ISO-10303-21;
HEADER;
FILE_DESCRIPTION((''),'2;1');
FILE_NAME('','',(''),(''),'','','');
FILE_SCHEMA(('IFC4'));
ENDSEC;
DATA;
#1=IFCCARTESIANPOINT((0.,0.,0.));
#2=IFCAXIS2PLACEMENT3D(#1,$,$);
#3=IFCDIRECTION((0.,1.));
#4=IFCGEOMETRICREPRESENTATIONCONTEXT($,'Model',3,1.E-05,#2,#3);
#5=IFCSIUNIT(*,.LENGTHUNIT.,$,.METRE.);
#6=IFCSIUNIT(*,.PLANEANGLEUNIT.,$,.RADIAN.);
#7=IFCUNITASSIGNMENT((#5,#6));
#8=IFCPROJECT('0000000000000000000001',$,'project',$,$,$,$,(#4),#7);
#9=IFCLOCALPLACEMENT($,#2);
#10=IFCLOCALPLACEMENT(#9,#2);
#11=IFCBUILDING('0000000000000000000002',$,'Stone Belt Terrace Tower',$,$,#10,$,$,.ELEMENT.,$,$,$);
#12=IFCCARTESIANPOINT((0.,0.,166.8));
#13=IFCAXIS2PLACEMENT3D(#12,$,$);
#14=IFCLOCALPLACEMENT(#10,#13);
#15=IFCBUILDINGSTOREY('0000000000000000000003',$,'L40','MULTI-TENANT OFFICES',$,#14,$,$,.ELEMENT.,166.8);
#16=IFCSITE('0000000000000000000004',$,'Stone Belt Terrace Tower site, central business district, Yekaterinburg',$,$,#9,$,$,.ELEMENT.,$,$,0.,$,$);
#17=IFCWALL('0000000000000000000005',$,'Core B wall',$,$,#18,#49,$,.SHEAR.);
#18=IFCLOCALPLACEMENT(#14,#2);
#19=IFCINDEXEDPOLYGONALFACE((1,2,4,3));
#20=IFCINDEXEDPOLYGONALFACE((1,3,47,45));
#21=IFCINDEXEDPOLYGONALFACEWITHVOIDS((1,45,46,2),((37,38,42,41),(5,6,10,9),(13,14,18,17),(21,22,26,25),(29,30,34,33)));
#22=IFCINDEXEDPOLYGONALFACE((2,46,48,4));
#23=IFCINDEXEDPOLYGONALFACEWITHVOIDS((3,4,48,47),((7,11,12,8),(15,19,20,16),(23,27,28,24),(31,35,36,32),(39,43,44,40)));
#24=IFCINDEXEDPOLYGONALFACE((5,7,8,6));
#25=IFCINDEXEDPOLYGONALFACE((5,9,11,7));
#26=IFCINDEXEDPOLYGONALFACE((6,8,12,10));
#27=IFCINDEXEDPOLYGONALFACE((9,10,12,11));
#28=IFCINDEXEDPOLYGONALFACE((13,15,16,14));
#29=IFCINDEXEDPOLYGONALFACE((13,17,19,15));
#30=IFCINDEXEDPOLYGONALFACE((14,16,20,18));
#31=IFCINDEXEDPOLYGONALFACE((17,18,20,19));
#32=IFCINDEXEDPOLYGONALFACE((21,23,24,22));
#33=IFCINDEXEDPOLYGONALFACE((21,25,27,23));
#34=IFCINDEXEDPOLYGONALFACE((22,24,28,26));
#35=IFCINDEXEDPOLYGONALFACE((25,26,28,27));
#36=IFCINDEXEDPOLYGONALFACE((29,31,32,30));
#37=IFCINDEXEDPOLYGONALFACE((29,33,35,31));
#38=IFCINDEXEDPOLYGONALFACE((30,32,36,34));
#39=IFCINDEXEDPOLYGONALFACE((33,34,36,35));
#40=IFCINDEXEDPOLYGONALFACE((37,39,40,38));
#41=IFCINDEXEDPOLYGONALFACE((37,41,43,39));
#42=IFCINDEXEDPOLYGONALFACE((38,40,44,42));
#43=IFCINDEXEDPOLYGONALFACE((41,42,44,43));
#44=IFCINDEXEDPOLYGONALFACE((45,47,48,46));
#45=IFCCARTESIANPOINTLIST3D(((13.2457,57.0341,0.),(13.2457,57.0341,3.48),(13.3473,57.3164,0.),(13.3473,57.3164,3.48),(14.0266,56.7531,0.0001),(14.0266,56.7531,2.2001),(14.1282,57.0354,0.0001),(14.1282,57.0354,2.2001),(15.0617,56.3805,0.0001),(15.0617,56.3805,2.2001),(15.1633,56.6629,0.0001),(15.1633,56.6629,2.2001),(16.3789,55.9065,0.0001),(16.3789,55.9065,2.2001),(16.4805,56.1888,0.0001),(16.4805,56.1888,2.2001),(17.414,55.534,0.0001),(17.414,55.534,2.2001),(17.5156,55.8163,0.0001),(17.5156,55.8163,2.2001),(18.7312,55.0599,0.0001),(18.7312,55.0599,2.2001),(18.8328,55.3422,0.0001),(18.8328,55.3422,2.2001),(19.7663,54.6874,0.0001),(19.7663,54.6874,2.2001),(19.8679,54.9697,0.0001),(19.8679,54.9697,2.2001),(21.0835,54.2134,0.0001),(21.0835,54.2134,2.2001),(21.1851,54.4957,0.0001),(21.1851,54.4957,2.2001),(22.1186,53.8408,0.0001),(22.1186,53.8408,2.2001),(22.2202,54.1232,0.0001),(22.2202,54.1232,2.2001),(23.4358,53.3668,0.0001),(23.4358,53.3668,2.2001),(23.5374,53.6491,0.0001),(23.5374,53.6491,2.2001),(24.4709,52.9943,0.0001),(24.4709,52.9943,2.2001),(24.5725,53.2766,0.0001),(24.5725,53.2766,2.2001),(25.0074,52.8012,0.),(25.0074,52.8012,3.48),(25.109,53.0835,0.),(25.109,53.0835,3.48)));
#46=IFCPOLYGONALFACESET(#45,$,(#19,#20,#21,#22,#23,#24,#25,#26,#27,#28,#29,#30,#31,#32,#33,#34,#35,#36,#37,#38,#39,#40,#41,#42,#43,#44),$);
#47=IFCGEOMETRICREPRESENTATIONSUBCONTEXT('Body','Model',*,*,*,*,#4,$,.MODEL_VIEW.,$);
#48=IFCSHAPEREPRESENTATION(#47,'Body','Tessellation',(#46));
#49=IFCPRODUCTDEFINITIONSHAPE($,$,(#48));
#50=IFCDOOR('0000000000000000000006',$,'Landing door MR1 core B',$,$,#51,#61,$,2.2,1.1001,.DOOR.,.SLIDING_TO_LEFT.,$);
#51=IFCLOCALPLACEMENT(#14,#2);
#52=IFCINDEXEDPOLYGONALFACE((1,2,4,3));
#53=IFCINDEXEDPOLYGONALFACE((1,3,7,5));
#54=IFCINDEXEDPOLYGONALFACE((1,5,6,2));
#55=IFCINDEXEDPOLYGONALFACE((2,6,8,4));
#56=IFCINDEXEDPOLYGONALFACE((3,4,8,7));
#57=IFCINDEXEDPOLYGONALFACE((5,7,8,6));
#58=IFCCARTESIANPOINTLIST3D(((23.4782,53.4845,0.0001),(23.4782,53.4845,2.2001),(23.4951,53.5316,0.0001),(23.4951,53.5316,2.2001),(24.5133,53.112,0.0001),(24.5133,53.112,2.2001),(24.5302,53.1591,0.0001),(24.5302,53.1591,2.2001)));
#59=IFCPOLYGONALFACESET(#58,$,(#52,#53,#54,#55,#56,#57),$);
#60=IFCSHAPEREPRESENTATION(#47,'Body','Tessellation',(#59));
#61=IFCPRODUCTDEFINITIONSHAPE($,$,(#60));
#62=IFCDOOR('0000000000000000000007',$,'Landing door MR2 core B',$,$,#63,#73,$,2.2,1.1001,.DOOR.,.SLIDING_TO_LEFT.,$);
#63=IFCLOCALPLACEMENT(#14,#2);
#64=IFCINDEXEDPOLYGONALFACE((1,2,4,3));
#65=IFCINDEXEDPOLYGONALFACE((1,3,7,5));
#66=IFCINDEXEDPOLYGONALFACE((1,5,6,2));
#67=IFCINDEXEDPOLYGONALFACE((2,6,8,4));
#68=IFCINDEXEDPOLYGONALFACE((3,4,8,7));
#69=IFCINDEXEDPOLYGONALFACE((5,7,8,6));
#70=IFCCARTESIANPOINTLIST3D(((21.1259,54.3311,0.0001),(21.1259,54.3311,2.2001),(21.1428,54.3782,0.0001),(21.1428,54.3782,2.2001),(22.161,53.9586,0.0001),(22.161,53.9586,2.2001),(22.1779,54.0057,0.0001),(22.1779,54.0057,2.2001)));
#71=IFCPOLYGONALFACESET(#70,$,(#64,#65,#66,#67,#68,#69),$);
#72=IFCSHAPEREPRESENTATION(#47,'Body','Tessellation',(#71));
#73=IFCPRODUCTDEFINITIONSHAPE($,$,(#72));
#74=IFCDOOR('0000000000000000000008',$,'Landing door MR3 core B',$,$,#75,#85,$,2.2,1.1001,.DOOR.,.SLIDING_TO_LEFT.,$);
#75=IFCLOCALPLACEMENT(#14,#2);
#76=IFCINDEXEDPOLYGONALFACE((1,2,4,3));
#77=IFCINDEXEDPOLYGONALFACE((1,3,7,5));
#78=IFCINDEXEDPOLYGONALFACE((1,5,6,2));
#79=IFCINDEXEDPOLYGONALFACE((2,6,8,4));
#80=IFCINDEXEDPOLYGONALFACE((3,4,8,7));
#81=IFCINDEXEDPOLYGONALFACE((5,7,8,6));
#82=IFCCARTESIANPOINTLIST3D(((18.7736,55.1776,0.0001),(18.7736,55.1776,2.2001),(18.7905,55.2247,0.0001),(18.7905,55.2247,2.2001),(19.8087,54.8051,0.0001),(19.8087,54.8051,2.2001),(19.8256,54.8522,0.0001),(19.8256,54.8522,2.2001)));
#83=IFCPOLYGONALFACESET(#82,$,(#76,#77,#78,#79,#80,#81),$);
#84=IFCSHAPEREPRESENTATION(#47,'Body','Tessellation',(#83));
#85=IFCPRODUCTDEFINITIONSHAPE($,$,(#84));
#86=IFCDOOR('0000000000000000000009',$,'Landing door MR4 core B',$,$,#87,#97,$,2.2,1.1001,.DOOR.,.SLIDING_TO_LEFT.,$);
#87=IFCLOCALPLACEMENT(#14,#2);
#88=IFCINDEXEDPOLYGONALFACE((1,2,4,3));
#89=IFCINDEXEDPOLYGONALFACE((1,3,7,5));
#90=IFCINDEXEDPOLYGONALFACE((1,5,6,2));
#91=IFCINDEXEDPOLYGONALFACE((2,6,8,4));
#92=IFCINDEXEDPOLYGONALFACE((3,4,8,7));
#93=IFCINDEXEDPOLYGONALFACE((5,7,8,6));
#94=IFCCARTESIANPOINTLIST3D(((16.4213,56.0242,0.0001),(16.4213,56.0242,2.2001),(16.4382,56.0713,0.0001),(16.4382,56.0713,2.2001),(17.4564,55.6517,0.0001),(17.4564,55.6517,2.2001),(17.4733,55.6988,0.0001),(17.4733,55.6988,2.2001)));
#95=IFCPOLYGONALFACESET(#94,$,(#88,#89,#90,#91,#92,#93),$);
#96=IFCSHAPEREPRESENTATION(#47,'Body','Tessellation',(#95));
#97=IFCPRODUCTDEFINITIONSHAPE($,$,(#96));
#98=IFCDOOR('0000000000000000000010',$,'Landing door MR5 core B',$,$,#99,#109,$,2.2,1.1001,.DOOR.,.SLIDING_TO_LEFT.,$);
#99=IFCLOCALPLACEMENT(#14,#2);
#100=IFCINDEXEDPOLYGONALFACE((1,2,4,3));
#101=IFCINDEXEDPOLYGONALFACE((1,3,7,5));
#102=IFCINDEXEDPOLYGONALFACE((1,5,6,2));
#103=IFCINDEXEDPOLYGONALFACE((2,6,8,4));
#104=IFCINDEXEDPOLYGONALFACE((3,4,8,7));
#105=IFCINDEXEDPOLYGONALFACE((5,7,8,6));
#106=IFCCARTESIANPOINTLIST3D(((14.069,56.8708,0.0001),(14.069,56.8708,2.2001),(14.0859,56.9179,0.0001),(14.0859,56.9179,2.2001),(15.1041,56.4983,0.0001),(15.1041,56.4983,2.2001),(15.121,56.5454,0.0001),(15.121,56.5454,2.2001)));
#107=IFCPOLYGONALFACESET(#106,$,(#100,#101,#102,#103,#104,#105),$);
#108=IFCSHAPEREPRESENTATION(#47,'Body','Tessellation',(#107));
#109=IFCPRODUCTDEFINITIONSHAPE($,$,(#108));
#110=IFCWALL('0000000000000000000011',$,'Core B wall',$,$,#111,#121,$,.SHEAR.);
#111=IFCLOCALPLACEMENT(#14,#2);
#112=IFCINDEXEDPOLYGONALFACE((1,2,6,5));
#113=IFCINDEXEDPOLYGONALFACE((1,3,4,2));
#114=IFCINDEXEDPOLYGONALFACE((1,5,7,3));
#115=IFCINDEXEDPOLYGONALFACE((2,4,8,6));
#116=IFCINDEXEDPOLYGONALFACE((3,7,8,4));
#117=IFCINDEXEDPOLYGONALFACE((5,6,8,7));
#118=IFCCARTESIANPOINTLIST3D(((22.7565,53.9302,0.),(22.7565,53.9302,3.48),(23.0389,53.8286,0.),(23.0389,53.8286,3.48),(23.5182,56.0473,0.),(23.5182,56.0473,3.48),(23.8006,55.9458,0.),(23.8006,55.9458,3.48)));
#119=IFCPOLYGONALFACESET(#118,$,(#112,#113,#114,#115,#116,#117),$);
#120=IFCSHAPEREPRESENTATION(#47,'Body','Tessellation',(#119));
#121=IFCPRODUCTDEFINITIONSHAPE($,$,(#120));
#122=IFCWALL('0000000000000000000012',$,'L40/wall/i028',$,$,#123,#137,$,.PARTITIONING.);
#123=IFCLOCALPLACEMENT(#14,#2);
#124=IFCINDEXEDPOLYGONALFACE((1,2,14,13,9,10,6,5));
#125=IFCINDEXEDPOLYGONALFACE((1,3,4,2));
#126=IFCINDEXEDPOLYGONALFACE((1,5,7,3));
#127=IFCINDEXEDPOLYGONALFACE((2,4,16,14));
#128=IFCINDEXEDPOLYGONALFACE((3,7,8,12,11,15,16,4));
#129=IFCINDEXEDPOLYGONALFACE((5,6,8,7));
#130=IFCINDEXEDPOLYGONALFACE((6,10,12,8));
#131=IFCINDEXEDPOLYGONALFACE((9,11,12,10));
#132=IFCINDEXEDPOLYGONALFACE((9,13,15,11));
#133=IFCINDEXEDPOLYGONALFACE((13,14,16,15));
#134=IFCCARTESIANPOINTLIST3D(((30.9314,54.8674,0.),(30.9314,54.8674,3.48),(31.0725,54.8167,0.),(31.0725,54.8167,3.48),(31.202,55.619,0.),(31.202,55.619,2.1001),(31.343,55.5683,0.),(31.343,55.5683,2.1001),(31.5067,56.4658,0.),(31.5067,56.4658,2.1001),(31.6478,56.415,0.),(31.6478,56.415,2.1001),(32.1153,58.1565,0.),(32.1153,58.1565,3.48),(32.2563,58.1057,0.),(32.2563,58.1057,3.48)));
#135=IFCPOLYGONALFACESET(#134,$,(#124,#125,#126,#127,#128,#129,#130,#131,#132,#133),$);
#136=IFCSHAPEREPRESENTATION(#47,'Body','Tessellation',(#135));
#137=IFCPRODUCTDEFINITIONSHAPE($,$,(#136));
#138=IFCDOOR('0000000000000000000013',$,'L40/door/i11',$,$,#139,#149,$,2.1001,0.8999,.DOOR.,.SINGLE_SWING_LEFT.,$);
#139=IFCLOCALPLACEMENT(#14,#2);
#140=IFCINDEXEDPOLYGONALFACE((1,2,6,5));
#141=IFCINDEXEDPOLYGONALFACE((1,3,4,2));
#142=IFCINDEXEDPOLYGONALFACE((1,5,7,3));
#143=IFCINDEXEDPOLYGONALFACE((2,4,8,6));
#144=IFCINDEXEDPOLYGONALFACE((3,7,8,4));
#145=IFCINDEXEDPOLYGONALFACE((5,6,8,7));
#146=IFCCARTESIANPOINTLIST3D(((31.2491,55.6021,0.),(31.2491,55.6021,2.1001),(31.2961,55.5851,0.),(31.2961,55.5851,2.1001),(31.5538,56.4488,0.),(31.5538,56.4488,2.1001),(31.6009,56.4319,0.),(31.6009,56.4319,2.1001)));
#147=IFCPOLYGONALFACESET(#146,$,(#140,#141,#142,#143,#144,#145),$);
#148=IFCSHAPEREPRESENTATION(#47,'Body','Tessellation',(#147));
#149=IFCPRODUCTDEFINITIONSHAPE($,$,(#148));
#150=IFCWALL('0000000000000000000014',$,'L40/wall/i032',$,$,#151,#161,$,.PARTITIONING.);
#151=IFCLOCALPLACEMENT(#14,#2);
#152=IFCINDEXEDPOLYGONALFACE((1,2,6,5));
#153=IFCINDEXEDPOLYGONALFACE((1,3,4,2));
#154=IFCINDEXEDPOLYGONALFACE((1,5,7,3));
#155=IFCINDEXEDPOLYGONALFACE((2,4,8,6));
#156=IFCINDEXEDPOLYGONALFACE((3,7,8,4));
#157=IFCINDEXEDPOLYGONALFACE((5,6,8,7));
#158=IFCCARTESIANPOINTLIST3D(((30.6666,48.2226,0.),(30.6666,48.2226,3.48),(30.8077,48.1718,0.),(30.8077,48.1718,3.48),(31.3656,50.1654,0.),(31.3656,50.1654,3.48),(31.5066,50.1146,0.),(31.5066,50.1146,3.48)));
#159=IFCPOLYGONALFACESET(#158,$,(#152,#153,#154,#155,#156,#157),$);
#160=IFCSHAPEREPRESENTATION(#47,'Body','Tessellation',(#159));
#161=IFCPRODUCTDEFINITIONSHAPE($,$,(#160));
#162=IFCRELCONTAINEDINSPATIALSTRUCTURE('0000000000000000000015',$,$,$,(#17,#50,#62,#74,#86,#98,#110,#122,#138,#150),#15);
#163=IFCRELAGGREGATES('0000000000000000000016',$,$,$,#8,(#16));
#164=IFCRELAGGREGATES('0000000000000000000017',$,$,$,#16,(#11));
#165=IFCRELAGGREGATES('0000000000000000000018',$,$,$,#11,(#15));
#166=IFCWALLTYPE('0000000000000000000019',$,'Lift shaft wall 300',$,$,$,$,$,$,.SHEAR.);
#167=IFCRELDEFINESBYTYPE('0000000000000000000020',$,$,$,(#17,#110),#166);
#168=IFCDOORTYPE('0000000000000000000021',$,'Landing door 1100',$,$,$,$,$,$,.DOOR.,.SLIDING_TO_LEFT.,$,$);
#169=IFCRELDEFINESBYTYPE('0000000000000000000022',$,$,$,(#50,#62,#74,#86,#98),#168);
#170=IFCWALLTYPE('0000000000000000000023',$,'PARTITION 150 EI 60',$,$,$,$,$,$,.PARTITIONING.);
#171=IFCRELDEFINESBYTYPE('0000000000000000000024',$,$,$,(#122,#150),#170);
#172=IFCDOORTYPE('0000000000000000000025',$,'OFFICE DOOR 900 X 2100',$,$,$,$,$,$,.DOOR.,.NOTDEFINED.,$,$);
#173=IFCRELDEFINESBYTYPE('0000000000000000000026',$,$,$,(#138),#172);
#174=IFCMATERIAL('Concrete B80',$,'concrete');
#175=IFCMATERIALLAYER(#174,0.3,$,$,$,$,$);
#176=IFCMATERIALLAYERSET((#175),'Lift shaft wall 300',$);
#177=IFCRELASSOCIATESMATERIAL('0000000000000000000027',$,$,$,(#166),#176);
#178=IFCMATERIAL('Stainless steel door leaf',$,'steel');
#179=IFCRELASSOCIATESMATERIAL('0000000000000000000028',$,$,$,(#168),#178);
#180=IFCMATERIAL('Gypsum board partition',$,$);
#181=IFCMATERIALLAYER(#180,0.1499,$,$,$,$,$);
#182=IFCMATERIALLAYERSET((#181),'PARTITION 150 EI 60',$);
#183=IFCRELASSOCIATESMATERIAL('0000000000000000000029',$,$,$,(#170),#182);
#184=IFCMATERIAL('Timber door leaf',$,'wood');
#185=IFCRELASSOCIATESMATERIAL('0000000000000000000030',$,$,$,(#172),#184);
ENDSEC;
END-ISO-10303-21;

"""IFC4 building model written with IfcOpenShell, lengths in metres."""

from ifc_helpers import new_model, si_unit, direction, frame, frame_2d, origin, place, context, subcontext, project, spatial, rectangle, extrude, material, layer, layer_set, type_object, element, fill, save


model = new_model("IFC4")

# Units and contexts
model_context = context("Model", 3, precision=1e-05, world=origin(), true_north=direction((0.0, 1.0)))
body_context = subcontext(model_context, "Body", "Model", "MODEL_VIEW")
ifc_project = project(units=[si_unit("LENGTHUNIT", "METRE"), si_unit("PLANEANGLEUNIT", "RADIAN")], contexts=[model_context])

# Site, building, storey
site_placement = place(None, origin())
site = spatial("IfcSite", under=ifc_project, at=site_placement, Name="Stone Belt Terrace Tower site, central business district, Yekaterinburg", CompositionType="ELEMENT", RefElevation=0.0)
building_placement = place(site_placement, origin())
building = spatial("IfcBuilding", under=site, at=building_placement, Name="Stone Belt Terrace Tower", CompositionType="ELEMENT")
storey_placement = place(building_placement, frame((0.0, 0.0, 166.8)))
storey = spatial("IfcBuildingStorey", under=building, at=storey_placement, Name="L40", Description="MULTI-TENANT OFFICES", CompositionType="ELEMENT", Elevation=166.8)

# Shared definitions
ifc_material_1 = material(Name="Concrete B80", Category="concrete")

# Shared definitions
ifc_material_2 = material(Name="Timber door leaf", Category="wood")

# Shared definitions
ifc_layer_1 = layer(ifc_material_1, 0.3)
ifc_layer_set_1 = layer_set([ifc_layer_1], Name="Lift shaft wall 300")
wall_type_1 = type_object("IfcWallType", Name="Lift shaft wall 300", PredefinedType="SHEAR", material=ifc_layer_set_1)
ifc_material_3 = material(Name="Stainless steel door leaf", Category="steel")

# Wall, openings, doors
wall_1_placement = place(storey_placement, frame((25.0581, 52.9424, 0.0), z_axis=(0.0, 0.0, 1.0), x_axis=(-0.940921, 0.338627, 0.0)))
wall_1 = element("IfcWall", 1, at=wall_1_placement, inside=storey, type_object=wall_type_1, Name="Core B wall", PredefinedType="SHEAR", context=body_context, shape_type="SweptSolid", body=[
    extrude(rectangle(XDim=12.5002, YDim=0.3, at=frame_2d((6.25, 0.0))), origin(), (0.0, 0.0, 1.0), 3.48),
])
opening_1_placement = place(wall_1_placement, frame((0.5701, 0.0, 0.0)))
opening_1 = element("IfcOpeningElement", 2, at=opening_1_placement, cuts=wall_1, PredefinedType="OPENING", context=body_context, shape_type="SweptSolid", body=[
    extrude(rectangle(XDim=1.1001, YDim=2.2, at=frame_2d((0.55, 1.1001))), frame((0.0, 0.1599, 0.0), z_axis=(0.0, -1.0, 0.0), x_axis=(1.0, 0.0, 0.0)), (0.0, 0.0, 1.0), 0.3201),
])
opening_2_placement = place(wall_1_placement, frame((3.0701, 0.0, 0.0)))
opening_2 = element("IfcOpeningElement", 3, at=opening_2_placement, cuts=wall_1, PredefinedType="OPENING", context=body_context, shape_type="SweptSolid", body=[
    extrude(rectangle(XDim=1.1001, YDim=2.2, at=frame_2d((0.55, 1.1001))), frame((0.0, 0.1599, 0.0), z_axis=(0.0, -1.0, 0.0), x_axis=(1.0, 0.0, 0.0)), (0.0, 0.0, 1.0), 0.3201),
])
opening_3_placement = place(wall_1_placement, frame((5.5701, 0.0, 0.0)))
opening_3 = element("IfcOpeningElement", 4, at=opening_3_placement, cuts=wall_1, PredefinedType="OPENING", context=body_context, shape_type="SweptSolid", body=[
    extrude(rectangle(XDim=1.1001, YDim=2.2, at=frame_2d((0.55, 1.1001))), frame((0.0, 0.1599, 0.0), z_axis=(0.0, -1.0, 0.0), x_axis=(1.0, 0.0, 0.0)), (0.0, 0.0, 1.0), 0.3201),
])
opening_4_placement = place(wall_1_placement, frame((8.0701, 0.0, 0.0)))
opening_4 = element("IfcOpeningElement", 5, at=opening_4_placement, cuts=wall_1, PredefinedType="OPENING", context=body_context, shape_type="SweptSolid", body=[
    extrude(rectangle(XDim=1.1001, YDim=2.2, at=frame_2d((0.55, 1.1001))), frame((0.0, 0.1599, 0.0), z_axis=(0.0, -1.0, 0.0), x_axis=(1.0, 0.0, 0.0)), (0.0, 0.0, 1.0), 0.3201),
])
opening_5_placement = place(wall_1_placement, frame((10.5701, 0.0, 0.0)))
opening_5 = element("IfcOpeningElement", 6, at=opening_5_placement, cuts=wall_1, PredefinedType="OPENING", context=body_context, shape_type="SweptSolid", body=[
    extrude(rectangle(XDim=1.1001, YDim=2.2, at=frame_2d((0.55, 1.1001))), frame((0.0, 0.1599, 0.0), z_axis=(0.0, -1.0, 0.0), x_axis=(1.0, 0.0, 0.0)), (0.0, 0.0, 1.0), 0.3201),
])
door_type_1 = type_object("IfcDoorType", Name="Landing door 1100", OperationType="SLIDING_TO_LEFT", PredefinedType="DOOR", material=ifc_material_3)
door_1_placement = place(opening_1_placement, origin())
door_1 = element("IfcDoor", 7, at=door_1_placement, inside=storey, type_object=door_type_1, Name="Landing door MR1 core B", OperationType="SLIDING_TO_LEFT", OverallHeight=2.2, OverallWidth=1.1001, PredefinedType="DOOR", context=body_context, shape_type="SweptSolid", body=[
    extrude(rectangle(XDim=1.1001, YDim=2.2, at=frame_2d((0.55, 1.1001))), frame((0.0, 0.0249, 0.0), z_axis=(0.0, -1.0, 0.0), x_axis=(1.0, 0.0, 0.0)), (0.0, 0.0, 1.0), 0.05),
])
fill(opening_1, door_1)
door_2_placement = place(opening_2_placement, origin())
door_2 = element("IfcDoor", 8, at=door_2_placement, inside=storey, type_object=door_type_1, Name="Landing door MR2 core B", OperationType="SLIDING_TO_LEFT", OverallHeight=2.2, OverallWidth=1.1001, PredefinedType="DOOR", context=body_context, shape_type="SweptSolid", body=[
    extrude(rectangle(XDim=1.1001, YDim=2.2, at=frame_2d((0.55, 1.1001))), frame((0.0, 0.0249, 0.0), z_axis=(0.0, -1.0, 0.0), x_axis=(1.0, 0.0, 0.0)), (0.0, 0.0, 1.0), 0.05),
])
fill(opening_2, door_2)
door_3_placement = place(opening_3_placement, origin())
door_3 = element("IfcDoor", 9, at=door_3_placement, inside=storey, type_object=door_type_1, Name="Landing door MR3 core B", OperationType="SLIDING_TO_LEFT", OverallHeight=2.2, OverallWidth=1.1001, PredefinedType="DOOR", context=body_context, shape_type="SweptSolid", body=[
    extrude(rectangle(XDim=1.1001, YDim=2.2, at=frame_2d((0.55, 1.1001))), frame((0.0, 0.0249, 0.0), z_axis=(0.0, -1.0, 0.0), x_axis=(1.0, 0.0, 0.0)), (0.0, 0.0, 1.0), 0.05),
])
fill(opening_3, door_3)
door_4_placement = place(opening_4_placement, origin())
door_4 = element("IfcDoor", 10, at=door_4_placement, inside=storey, type_object=door_type_1, Name="Landing door MR4 core B", OperationType="SLIDING_TO_LEFT", OverallHeight=2.2, OverallWidth=1.1001, PredefinedType="DOOR", context=body_context, shape_type="SweptSolid", body=[
    extrude(rectangle(XDim=1.1001, YDim=2.2, at=frame_2d((0.55, 1.1001))), frame((0.0, 0.0249, 0.0), z_axis=(0.0, -1.0, 0.0), x_axis=(1.0, 0.0, 0.0)), (0.0, 0.0, 1.0), 0.05),
])
fill(opening_4, door_4)
door_5_placement = place(opening_5_placement, origin())
door_5 = element("IfcDoor", 11, at=door_5_placement, inside=storey, type_object=door_type_1, Name="Landing door MR5 core B", OperationType="SLIDING_TO_LEFT", OverallHeight=2.2, OverallWidth=1.1001, PredefinedType="DOOR", context=body_context, shape_type="SweptSolid", body=[
    extrude(rectangle(XDim=1.1001, YDim=2.2, at=frame_2d((0.55, 1.1001))), frame((0.0, 0.0249, 0.0), z_axis=(0.0, -1.0, 0.0), x_axis=(1.0, 0.0, 0.0)), (0.0, 0.0, 1.0), 0.05),
])
fill(opening_5, door_5)

# Wall
wall_2_placement = place(storey_placement, frame((22.8977, 53.8794, 0.0), z_axis=(0.0, 0.0, 1.0), x_axis=(0.338535, 0.940954, 0.0)))
element("IfcWall", 12, at=wall_2_placement, inside=storey, type_object=wall_type_1, Name="Core B wall", PredefinedType="SHEAR", context=body_context, shape_type="SweptSolid", body=[
    extrude(rectangle(XDim=2.25, YDim=0.3, at=frame_2d((1.125, 0.0))), origin(), (0.0, 0.0, 1.0), 3.48),
])

# Wall, opening, door
ifc_material_4 = material(Name="Gypsum board partition")
ifc_layer_2 = layer(ifc_material_4, 0.1499)
ifc_layer_set_2 = layer_set([ifc_layer_2], Name="PARTITION 150 EI 60")
wall_type_2 = type_object("IfcWallType", Name="PARTITION 150 EI 60", PredefinedType="PARTITIONING", material=ifc_layer_set_2)
wall_3_placement = place(storey_placement, frame((31.002, 54.842, 0.0), z_axis=(0.0, 0.0, 1.0), x_axis=(0.338663, 0.940908, 0.0)))
wall_3 = element("IfcWall", 13, at=wall_3_placement, inside=storey, type_object=wall_type_2, Name="L40/wall/i028", PredefinedType="PARTITIONING", context=body_context, shape_type="SweptSolid", body=[
    extrude(rectangle(XDim=3.4956, YDim=0.1499, at=frame_2d((1.7478, 0.0))), origin(), (0.0, 0.0, 1.0), 3.48),
])
opening_6_placement = place(wall_3_placement, frame((0.7988, 0.0, 0.0)))
opening_6 = element("IfcOpeningElement", 14, at=opening_6_placement, cuts=wall_3, PredefinedType="OPENING", context=body_context, shape_type="SweptSolid", body=[
    extrude(rectangle(XDim=0.8999, YDim=2.1001, at=frame_2d((0.45, 1.05))), frame((0.0, 0.085, 0.0), z_axis=(0.0, -1.0, 0.0), x_axis=(1.0, 0.0, 0.0)), (0.0, 0.0, 1.0), 0.1699),
])
door_type_2 = type_object("IfcDoorType", Name="OFFICE DOOR 900 X 2100", OperationType="NOTDEFINED", PredefinedType="DOOR", material=ifc_material_2)
door_6_placement = place(opening_6_placement, origin())
door_6 = element("IfcDoor", 15, at=door_6_placement, inside=storey, type_object=door_type_2, Name="L40/door/i11", OperationType="SINGLE_SWING_LEFT", OverallHeight=2.1001, OverallWidth=0.8999, PredefinedType="DOOR", context=body_context, shape_type="SweptSolid", body=[
    extrude(rectangle(XDim=0.8999, YDim=2.1001, at=frame_2d((0.45, 1.05))), frame((0.0, 0.0249, 0.0), z_axis=(0.0, -1.0, 0.0), x_axis=(1.0, 0.0, 0.0)), (0.0, 0.0, 1.0), 0.05),
])
fill(opening_6, door_6)

# Wall
wall_4_placement = place(storey_placement, frame((31.436, 50.1399, 0.0), z_axis=(0.0, 0.0, 1.0), x_axis=(-0.338523, -0.940958, 0.0)))
element("IfcWall", 16, at=wall_4_placement, inside=storey, type_object=wall_type_2, Name="L40/wall/i032", PredefinedType="PARTITIONING", context=body_context, shape_type="SweptSolid", body=[
    extrude(rectangle(XDim=2.0647, YDim=0.1499, at=frame_2d((1.0322, 0.0))), origin(), (0.0, 0.0, 1.0), 3.48),
])

save(model, "model.ifc")
